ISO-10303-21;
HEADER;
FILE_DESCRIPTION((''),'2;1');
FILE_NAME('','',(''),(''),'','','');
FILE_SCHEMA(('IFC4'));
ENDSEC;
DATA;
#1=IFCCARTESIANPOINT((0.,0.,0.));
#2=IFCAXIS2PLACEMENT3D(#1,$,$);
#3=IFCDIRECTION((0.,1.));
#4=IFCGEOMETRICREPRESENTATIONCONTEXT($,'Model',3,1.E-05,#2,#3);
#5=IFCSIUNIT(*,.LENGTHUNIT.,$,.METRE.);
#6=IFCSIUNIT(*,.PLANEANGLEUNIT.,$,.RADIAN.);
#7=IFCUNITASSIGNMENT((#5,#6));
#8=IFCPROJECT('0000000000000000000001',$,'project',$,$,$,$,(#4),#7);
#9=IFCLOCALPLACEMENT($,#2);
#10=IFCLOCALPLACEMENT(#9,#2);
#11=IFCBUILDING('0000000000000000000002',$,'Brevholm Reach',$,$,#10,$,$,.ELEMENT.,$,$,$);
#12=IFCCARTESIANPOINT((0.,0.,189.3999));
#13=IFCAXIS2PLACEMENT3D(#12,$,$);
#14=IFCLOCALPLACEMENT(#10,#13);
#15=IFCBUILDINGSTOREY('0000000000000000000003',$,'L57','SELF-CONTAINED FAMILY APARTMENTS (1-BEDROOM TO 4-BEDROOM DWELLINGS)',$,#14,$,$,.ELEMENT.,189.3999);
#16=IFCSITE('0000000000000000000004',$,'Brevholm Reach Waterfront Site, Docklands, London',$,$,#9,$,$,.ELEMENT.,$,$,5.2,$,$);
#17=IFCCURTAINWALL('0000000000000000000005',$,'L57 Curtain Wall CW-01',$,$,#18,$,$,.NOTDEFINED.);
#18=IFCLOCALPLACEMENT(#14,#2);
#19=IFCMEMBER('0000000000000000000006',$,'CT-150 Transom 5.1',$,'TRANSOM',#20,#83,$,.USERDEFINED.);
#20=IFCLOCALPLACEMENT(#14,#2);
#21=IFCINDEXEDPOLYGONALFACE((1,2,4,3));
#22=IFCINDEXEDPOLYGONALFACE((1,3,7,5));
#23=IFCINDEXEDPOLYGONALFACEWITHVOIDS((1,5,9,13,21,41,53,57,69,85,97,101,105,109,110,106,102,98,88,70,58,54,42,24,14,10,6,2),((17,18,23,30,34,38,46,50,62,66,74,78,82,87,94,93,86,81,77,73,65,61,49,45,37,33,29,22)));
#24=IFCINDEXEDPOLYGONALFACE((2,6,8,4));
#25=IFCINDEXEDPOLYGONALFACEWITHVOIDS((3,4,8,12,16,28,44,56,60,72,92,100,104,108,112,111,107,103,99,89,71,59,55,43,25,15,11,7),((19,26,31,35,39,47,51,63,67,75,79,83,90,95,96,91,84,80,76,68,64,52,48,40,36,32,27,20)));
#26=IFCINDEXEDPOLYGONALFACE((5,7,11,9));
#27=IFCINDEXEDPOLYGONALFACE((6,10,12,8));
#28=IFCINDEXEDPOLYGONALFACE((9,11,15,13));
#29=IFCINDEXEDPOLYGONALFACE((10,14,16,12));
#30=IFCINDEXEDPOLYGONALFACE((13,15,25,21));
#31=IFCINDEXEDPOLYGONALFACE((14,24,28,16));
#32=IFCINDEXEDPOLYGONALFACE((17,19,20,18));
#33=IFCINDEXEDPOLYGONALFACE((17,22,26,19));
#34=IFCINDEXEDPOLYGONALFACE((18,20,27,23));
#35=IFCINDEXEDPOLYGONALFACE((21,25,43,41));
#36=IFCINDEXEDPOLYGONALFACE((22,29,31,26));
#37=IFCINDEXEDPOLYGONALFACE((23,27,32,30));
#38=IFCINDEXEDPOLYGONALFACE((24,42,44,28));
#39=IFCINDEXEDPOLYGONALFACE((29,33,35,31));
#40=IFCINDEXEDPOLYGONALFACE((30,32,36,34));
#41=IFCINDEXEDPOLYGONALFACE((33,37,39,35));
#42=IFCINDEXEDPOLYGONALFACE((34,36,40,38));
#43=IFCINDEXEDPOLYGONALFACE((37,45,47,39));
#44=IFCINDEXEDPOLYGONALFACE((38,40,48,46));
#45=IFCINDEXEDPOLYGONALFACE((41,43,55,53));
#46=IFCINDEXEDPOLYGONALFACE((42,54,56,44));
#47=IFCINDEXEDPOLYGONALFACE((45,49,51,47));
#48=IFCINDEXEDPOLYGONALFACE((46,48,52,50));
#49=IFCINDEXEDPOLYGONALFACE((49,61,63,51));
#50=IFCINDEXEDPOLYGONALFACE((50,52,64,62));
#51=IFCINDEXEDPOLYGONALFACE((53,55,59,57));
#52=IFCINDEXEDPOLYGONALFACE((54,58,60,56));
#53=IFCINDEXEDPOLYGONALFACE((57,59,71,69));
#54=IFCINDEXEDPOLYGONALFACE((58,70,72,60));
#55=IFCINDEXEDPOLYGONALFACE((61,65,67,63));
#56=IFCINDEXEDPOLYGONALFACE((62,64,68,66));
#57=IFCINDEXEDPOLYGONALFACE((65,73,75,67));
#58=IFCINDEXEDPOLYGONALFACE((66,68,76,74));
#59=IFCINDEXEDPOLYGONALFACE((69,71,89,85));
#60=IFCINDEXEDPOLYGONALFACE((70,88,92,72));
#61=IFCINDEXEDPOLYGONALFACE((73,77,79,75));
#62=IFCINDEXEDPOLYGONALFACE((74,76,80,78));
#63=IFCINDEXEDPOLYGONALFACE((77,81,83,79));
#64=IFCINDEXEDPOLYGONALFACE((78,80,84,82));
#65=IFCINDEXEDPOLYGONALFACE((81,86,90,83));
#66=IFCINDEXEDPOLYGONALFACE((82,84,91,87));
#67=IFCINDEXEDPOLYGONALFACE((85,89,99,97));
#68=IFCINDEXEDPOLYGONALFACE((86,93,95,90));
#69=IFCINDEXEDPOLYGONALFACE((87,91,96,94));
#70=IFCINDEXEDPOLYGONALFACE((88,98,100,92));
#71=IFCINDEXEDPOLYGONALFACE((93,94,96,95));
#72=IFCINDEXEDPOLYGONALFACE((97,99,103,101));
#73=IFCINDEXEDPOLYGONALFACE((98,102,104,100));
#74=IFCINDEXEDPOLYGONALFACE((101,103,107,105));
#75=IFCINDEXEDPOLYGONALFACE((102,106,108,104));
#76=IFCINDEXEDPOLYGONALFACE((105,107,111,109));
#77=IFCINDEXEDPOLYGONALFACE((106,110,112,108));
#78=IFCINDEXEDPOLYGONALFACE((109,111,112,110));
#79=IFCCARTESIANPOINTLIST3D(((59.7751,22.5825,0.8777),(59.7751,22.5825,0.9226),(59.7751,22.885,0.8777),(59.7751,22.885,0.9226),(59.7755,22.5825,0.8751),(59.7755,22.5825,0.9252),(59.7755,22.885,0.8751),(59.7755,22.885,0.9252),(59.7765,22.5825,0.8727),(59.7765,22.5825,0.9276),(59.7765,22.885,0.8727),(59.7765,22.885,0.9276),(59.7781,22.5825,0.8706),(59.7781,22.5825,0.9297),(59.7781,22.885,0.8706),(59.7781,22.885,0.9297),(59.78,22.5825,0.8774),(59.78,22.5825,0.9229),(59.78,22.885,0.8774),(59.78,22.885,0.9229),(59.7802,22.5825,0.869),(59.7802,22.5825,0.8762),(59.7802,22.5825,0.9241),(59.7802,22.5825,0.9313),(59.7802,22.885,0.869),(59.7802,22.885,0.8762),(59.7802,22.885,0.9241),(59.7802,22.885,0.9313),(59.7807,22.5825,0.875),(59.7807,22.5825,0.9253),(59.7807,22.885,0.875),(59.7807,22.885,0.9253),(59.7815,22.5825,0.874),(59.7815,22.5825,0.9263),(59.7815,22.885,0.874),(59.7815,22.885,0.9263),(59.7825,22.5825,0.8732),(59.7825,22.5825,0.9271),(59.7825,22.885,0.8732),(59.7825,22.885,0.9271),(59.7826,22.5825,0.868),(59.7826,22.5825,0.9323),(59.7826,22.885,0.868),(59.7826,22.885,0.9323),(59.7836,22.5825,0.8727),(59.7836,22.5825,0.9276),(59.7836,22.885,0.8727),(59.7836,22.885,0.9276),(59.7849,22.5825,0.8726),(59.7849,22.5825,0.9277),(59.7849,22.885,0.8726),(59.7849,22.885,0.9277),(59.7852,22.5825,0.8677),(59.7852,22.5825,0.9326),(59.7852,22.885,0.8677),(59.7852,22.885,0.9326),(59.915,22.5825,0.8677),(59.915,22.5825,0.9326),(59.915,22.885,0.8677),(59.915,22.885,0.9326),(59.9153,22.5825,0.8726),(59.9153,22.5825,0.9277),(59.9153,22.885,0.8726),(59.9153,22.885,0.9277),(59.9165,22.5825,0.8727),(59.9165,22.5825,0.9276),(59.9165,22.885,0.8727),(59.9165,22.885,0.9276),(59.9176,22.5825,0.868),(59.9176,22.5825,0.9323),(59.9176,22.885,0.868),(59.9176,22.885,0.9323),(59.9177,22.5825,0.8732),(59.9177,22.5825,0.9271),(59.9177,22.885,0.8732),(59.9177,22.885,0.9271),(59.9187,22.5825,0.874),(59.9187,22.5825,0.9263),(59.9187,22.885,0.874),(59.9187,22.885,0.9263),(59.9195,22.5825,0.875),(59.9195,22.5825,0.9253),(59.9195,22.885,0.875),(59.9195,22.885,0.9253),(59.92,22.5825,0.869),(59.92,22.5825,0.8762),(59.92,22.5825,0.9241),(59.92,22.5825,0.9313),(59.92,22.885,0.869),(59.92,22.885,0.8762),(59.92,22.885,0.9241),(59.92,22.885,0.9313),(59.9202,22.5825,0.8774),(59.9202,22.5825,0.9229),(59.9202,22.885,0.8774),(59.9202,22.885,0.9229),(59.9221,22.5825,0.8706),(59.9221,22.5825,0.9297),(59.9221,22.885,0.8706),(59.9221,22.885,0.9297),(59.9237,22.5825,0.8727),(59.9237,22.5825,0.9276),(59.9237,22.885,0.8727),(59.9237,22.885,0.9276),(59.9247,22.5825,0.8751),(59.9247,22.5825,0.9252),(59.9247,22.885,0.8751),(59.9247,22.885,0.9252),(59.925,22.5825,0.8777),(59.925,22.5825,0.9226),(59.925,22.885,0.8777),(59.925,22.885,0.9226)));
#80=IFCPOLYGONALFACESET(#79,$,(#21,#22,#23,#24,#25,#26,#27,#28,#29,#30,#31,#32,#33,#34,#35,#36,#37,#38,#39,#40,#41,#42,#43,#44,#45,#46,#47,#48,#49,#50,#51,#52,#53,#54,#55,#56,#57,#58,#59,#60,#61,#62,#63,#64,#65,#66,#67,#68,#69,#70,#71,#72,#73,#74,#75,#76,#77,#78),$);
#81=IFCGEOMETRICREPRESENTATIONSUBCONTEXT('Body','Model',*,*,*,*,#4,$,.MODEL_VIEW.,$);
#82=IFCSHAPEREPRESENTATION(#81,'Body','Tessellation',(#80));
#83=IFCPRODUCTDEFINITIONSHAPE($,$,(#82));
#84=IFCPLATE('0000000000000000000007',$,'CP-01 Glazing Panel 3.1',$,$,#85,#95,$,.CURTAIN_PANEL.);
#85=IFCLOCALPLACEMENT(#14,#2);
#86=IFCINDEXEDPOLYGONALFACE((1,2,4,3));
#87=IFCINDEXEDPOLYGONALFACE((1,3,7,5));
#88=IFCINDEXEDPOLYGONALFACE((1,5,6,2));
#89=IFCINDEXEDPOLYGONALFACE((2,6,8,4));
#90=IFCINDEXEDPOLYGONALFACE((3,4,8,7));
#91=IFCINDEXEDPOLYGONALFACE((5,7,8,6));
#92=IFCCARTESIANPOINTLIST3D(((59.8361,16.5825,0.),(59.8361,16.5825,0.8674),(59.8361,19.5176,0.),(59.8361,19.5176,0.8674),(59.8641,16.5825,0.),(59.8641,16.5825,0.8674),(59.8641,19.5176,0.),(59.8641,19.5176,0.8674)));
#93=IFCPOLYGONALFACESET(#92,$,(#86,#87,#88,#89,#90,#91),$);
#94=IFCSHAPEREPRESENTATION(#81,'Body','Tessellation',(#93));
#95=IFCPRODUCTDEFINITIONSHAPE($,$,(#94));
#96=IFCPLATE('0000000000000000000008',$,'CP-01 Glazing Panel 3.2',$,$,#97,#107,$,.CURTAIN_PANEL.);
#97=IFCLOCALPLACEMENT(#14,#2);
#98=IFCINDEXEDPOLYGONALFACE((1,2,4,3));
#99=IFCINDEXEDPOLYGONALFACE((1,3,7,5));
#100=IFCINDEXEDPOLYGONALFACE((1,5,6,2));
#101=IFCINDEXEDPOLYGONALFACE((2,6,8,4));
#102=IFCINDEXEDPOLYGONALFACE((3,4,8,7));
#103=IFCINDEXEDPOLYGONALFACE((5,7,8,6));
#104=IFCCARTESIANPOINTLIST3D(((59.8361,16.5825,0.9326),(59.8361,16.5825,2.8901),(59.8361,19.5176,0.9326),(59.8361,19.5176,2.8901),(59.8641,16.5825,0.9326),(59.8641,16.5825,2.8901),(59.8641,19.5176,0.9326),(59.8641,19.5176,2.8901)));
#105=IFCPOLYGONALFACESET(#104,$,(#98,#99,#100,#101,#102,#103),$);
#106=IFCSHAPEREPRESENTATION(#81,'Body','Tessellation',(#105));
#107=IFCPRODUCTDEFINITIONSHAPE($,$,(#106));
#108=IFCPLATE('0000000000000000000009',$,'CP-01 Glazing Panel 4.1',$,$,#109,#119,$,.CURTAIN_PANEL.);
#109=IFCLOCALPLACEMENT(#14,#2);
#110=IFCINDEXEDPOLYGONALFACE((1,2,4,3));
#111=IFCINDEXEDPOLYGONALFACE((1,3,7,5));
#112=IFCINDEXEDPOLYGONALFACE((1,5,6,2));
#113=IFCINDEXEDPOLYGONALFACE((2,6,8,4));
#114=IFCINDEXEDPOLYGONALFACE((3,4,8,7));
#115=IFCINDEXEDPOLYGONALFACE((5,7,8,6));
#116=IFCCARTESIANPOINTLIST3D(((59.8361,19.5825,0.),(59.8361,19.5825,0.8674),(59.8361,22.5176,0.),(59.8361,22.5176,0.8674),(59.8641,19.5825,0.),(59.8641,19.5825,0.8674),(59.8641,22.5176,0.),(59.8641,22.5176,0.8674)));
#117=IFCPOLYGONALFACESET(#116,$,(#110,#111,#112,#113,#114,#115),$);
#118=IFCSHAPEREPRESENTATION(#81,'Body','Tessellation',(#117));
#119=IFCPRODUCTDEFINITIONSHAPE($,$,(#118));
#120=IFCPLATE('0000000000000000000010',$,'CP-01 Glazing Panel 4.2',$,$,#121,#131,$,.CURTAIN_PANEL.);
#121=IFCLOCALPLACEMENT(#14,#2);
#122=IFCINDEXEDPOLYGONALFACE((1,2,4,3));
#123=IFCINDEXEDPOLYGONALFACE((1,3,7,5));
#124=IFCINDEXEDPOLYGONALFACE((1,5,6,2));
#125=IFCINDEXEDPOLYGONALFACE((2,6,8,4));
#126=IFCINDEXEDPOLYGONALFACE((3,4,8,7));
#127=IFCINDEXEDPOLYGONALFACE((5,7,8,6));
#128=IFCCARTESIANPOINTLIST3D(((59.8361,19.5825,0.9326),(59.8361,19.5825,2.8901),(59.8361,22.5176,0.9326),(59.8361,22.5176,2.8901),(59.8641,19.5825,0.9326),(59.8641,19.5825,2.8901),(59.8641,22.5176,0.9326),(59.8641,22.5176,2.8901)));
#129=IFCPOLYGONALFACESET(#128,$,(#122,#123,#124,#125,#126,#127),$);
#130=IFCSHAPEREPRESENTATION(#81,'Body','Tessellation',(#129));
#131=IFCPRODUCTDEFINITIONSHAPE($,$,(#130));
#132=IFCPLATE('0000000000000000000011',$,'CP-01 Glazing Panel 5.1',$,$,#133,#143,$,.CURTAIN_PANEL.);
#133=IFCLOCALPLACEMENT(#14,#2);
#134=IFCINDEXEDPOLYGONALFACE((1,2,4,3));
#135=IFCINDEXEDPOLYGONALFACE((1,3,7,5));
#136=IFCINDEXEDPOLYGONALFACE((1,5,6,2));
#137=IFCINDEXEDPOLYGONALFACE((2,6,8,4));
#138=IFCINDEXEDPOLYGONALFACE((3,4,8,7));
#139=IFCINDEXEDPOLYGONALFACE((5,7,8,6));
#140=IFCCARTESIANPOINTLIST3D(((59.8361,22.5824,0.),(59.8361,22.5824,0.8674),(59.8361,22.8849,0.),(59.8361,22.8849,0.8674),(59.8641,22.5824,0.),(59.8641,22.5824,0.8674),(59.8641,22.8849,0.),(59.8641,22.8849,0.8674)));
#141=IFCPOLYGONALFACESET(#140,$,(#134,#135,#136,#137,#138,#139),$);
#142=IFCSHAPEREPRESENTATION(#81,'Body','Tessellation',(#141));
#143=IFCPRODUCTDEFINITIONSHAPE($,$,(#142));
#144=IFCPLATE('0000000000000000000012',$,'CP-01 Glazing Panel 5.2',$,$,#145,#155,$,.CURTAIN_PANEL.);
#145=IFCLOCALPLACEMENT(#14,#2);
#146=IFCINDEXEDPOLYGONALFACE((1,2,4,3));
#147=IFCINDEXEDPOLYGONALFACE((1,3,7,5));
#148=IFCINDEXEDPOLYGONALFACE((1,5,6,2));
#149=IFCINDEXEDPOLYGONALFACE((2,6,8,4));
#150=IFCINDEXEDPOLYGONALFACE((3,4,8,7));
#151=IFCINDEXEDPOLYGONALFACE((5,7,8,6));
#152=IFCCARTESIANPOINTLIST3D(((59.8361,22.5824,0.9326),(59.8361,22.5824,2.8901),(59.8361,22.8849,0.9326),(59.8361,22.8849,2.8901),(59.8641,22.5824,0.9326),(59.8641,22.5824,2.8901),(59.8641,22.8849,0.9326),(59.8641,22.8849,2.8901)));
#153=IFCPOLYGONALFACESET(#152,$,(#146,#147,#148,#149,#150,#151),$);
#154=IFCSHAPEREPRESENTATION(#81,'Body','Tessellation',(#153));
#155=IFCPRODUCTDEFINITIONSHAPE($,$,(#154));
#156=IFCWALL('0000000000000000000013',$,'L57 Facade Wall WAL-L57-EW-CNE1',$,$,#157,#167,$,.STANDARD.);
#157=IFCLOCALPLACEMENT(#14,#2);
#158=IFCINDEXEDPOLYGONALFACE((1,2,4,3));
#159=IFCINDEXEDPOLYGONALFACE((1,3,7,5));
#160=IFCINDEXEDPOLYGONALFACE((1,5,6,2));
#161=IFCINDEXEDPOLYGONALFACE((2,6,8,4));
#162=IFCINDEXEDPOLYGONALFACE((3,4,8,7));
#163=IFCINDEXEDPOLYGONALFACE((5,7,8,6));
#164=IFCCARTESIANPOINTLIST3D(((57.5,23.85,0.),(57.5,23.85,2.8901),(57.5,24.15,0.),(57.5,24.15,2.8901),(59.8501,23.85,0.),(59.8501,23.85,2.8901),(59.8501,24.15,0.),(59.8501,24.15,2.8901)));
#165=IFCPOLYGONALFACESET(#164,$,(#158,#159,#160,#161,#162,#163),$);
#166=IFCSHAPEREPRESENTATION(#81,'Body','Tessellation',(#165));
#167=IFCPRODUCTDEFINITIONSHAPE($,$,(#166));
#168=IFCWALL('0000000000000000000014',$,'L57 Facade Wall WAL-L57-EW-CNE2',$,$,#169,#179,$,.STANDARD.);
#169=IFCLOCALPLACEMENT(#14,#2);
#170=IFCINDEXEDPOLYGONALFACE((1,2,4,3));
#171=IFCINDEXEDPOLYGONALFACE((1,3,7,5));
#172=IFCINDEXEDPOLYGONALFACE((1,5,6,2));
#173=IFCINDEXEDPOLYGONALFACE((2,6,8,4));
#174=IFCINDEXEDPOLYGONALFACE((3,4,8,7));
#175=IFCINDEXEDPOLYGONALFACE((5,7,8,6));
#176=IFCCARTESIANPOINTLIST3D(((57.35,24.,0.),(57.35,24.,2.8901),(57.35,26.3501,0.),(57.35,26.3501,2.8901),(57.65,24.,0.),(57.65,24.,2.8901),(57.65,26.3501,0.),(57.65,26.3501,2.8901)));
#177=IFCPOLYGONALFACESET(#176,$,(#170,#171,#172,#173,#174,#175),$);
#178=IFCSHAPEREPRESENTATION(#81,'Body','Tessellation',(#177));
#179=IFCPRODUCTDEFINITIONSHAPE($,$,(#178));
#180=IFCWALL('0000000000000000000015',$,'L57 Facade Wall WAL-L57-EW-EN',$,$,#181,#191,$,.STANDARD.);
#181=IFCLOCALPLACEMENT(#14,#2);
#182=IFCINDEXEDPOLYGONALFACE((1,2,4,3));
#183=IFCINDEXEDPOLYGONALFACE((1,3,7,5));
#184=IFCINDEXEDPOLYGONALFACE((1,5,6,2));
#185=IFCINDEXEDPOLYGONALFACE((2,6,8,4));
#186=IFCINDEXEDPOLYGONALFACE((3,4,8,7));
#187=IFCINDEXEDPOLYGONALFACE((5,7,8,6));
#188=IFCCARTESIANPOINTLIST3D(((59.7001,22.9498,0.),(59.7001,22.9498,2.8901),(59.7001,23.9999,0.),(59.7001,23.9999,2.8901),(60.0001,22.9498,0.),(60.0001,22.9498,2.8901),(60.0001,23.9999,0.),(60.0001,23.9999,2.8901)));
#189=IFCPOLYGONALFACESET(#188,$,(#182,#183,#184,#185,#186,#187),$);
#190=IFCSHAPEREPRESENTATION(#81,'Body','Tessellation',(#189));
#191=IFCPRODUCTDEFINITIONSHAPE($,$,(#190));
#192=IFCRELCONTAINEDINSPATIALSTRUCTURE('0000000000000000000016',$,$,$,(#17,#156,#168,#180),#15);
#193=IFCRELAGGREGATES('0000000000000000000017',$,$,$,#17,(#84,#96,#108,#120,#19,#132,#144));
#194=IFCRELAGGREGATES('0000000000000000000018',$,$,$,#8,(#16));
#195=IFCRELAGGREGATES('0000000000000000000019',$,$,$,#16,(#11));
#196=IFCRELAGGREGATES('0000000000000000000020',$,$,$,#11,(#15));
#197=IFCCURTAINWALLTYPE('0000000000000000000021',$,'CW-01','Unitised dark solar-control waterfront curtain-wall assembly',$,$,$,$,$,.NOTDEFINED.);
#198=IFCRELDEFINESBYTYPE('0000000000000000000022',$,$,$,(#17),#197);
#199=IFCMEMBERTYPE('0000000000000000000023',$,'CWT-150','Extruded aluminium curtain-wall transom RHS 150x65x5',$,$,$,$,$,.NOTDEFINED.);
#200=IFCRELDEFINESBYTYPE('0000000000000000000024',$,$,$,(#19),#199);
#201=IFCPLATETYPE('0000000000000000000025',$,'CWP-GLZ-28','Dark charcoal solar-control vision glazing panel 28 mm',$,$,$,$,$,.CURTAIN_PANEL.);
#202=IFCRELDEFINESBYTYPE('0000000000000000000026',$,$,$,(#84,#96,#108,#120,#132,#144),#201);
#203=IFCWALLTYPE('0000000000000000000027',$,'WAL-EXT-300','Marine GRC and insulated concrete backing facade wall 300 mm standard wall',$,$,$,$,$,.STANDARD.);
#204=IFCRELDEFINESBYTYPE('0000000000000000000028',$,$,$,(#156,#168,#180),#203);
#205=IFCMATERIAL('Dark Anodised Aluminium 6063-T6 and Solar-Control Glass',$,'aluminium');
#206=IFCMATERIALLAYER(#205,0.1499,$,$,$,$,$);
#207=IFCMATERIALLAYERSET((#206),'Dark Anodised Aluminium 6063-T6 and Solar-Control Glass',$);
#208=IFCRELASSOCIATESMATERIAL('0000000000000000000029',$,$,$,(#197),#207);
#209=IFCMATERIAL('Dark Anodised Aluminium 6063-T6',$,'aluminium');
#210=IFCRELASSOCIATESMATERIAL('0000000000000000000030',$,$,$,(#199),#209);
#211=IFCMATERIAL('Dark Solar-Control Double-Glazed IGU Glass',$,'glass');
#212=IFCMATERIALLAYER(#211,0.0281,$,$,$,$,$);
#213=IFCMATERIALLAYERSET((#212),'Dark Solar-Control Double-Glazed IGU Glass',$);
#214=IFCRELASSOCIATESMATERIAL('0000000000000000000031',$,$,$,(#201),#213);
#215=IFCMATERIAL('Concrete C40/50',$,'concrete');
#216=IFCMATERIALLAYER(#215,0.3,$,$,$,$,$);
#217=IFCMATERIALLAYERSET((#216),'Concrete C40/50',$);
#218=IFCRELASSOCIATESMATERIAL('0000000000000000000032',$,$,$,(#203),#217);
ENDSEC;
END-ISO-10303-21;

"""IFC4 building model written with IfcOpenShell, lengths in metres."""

from ifc_helpers import new_model, si_unit, direction, frame, frame_2d, origin, origin_2d, place, context, subcontext, project, spatial, rectangle, hollow_rectangle, extrude, material, layer, layer_set, material_profile, profile_set, type_object, element, aggregate, save


model = new_model("IFC4")

# Units and contexts
model_context = context("Model", 3, precision=1e-05, world=origin(), true_north=direction((0.0, 1.0)))
body_context = subcontext(model_context, "Body", "Model", "MODEL_VIEW")
ifc_project = project(units=[si_unit("LENGTHUNIT", "METRE"), si_unit("PLANEANGLEUNIT", "RADIAN")], contexts=[model_context])

# Site, building, storey
site_placement = place(None, origin())
site = spatial("IfcSite", under=ifc_project, at=site_placement, Name="Brevholm Reach Waterfront Site, Docklands, London", CompositionType="ELEMENT", RefElevation=5.2)
building_placement = place(site_placement, origin())
building = spatial("IfcBuilding", under=site, at=building_placement, Name="Brevholm Reach", CompositionType="ELEMENT")
storey_placement = place(building_placement, frame((0.0, 0.0, 189.3999)))
storey = spatial("IfcBuildingStorey", under=building, at=storey_placement, Name="L57", Description="SELF-CONTAINED FAMILY APARTMENTS (1-BEDROOM TO 4-BEDROOM DWELLINGS)", CompositionType="ELEMENT", Elevation=189.3999)

# Curtain wall, member, plates
ifc_material_1 = material(Name="Dark Anodised Aluminium 6063-T6 and Solar-Control Glass", Category="aluminium")
ifc_layer_1 = layer(ifc_material_1, 0.1499)
ifc_layer_set_1 = layer_set([ifc_layer_1], Name="Dark Anodised Aluminium 6063-T6 and Solar-Control Glass")
curtain_wall_type = type_object("IfcCurtainWallType", Name="CW-01", Description="Unitised dark solar-control waterfront curtain-wall assembly", PredefinedType="NOTDEFINED", material=ifc_layer_set_1)
curtain_wall_placement = place(storey_placement, origin())
curtain_wall = element("IfcCurtainWall", 1, at=curtain_wall_placement, inside=storey, type_object=curtain_wall_type, Name="L57 Curtain Wall CW-01", PredefinedType="NOTDEFINED")
ifc_material_2 = material(Name="Dark Anodised Aluminium 6063-T6", Category="aluminium")
ifc_material_profile_1 = material_profile(ifc_material_2, hollow_rectangle(XDim=0.0649, YDim=0.1499, WallThickness=0.0049, InnerFilletRadius=0.0049, OuterFilletRadius=0.01, at=origin_2d()), Name="RHS 150x65x5")
ifc_profile_set_1 = profile_set([ifc_material_profile_1], Name="Dark Anodised Aluminium 6063-T6")
member_type_1 = type_object("IfcMemberType", Name="CWT-150", Description="Extruded aluminium curtain-wall transom RHS 150x65x5", PredefinedType="NOTDEFINED", material=ifc_profile_set_1)
member_1_placement = place(storey_placement, frame((59.8501, 22.5825, 0.9001), z_axis=(0.0, 1.0, 0.0), x_axis=(0.0, 0.0, 1.0)))
member_1 = element("IfcMember", 2, at=member_1_placement, type_object=member_type_1, Name="CT-150 Transom 5.1", ObjectType="TRANSOM", PredefinedType="USERDEFINED", context=body_context, shape_type="SweptSolid", body=[
    extrude(hollow_rectangle(XDim=0.0649, YDim=0.1499, WallThickness=0.0049, InnerFilletRadius=0.0049, OuterFilletRadius=0.01, at=origin_2d()), origin(), (0.0, 0.0, 1.0), 0.3025),
])
ifc_material_3 = material(Name="Dark Solar-Control Double-Glazed IGU Glass", Category="glass")
ifc_layer_2 = layer(ifc_material_3, 0.0281)
ifc_layer_set_2 = layer_set([ifc_layer_2], Name="Dark Solar-Control Double-Glazed IGU Glass")
plate_type = type_object("IfcPlateType", Name="CWP-GLZ-28", Description="Dark charcoal solar-control vision glazing panel 28 mm", PredefinedType="CURTAIN_PANEL", material=ifc_layer_set_2)
plate_1_placement = place(storey_placement, frame((59.8501, 18.05, 0.0), z_axis=(0.0, 0.0, 1.0), x_axis=(0.0, 1.0, 0.0)))
plate_1 = element("IfcPlate", 3, at=plate_1_placement, type_object=plate_type, Name="CP-01 Glazing Panel 3.1", PredefinedType="CURTAIN_PANEL", context=body_context, shape_type="SweptSolid", body=[
    extrude(rectangle(XDim=2.9351, YDim=0.0281, at=origin_2d()), origin(), (0.0, 0.0, 1.0), 0.8674),
])
plate_2_placement = place(storey_placement, frame((59.8501, 18.05, 0.9326), z_axis=(0.0, 0.0, 1.0), x_axis=(0.0, 1.0, 0.0)))
plate_2 = element("IfcPlate", 4, at=plate_2_placement, type_object=plate_type, Name="CP-01 Glazing Panel 3.2", PredefinedType="CURTAIN_PANEL", context=body_context, shape_type="SweptSolid", body=[
    extrude(rectangle(XDim=2.9351, YDim=0.0281, at=origin_2d()), origin(), (0.0, 0.0, 1.0), 1.9575),
])
plate_3_placement = place(storey_placement, frame((59.8501, 21.05, 0.0), z_axis=(0.0, 0.0, 1.0), x_axis=(0.0, 1.0, 0.0)))
plate_3 = element("IfcPlate", 5, at=plate_3_placement, type_object=plate_type, Name="CP-01 Glazing Panel 4.1", PredefinedType="CURTAIN_PANEL", context=body_context, shape_type="SweptSolid", body=[
    extrude(rectangle(XDim=2.9351, YDim=0.0281, at=origin_2d()), origin(), (0.0, 0.0, 1.0), 0.8674),
])
plate_4_placement = place(storey_placement, frame((59.8501, 21.05, 0.9326), z_axis=(0.0, 0.0, 1.0), x_axis=(0.0, 1.0, 0.0)))
plate_4 = element("IfcPlate", 6, at=plate_4_placement, type_object=plate_type, Name="CP-01 Glazing Panel 4.2", PredefinedType="CURTAIN_PANEL", context=body_context, shape_type="SweptSolid", body=[
    extrude(rectangle(XDim=2.9351, YDim=0.0281, at=origin_2d()), origin(), (0.0, 0.0, 1.0), 1.9575),
])
plate_5_placement = place(storey_placement, frame((59.8501, 22.7336, 0.0), z_axis=(0.0, 0.0, 1.0), x_axis=(0.0, 1.0, 0.0)))
plate_5 = element("IfcPlate", 7, at=plate_5_placement, type_object=plate_type, Name="CP-01 Glazing Panel 5.1", PredefinedType="CURTAIN_PANEL", context=body_context, shape_type="SweptSolid", body=[
    extrude(rectangle(XDim=0.3025, YDim=0.0281, at=origin_2d()), origin(), (0.0, 0.0, 1.0), 0.8674),
])
plate_6_placement = place(storey_placement, frame((59.8501, 22.7336, 0.9326), z_axis=(0.0, 0.0, 1.0), x_axis=(0.0, 1.0, 0.0)))
plate_6 = element("IfcPlate", 8, at=plate_6_placement, type_object=plate_type, Name="CP-01 Glazing Panel 5.2", PredefinedType="CURTAIN_PANEL", context=body_context, shape_type="SweptSolid", body=[
    extrude(rectangle(XDim=0.3025, YDim=0.0281, at=origin_2d()), origin(), (0.0, 0.0, 1.0), 1.9575),
])
aggregate(curtain_wall, [plate_1, plate_2, plate_3, plate_4, member_1, plate_5, plate_6])

# Walls
ifc_material_4 = material(Name="Concrete C40/50", Category="concrete")
ifc_layer_3 = layer(ifc_material_4, 0.3)
ifc_layer_set_3 = layer_set([ifc_layer_3], Name="Concrete C40/50")
wall_type_1 = type_object("IfcWallType", Name="WAL-EXT-300", Description="Marine GRC and insulated concrete backing facade wall 300 mm standard wall", PredefinedType="STANDARD", material=ifc_layer_set_3)
for number, where, z_axis, x_axis, name in (
    (9, (59.8501, 24.0, 0.0), (0.0, 0.0, 1.0), (-1.0, 0.0, 0.0), "L57 Facade Wall WAL-L57-EW-CNE1"),
    (10, (57.5, 24.0, 0.0), (0.0, 0.0, 1.0), (0.0, 1.0, 0.0), "L57 Facade Wall WAL-L57-EW-CNE2"),
):
    element("IfcWall", number, at=place(storey_placement, frame(where, z_axis=z_axis, x_axis=x_axis)), inside=storey, type_object=wall_type_1, Name=name, PredefinedType="STANDARD", context=body_context, shape_type="SweptSolid", body=[
        extrude(rectangle(XDim=2.3501, YDim=0.3, at=frame_2d((1.175, 0.0))), origin(), (0.0, 0.0, 1.0), 2.8901),
    ])
wall_1_placement = place(storey_placement, frame((59.8501, 22.95, 0.0), z_axis=(0.0, 0.0, 1.0), x_axis=(0.0, 1.0, 0.0)))
element("IfcWall", 11, at=wall_1_placement, inside=storey, type_object=wall_type_1, Name="L57 Facade Wall WAL-L57-EW-EN", PredefinedType="STANDARD", context=body_context, shape_type="SweptSolid", body=[
    extrude(rectangle(XDim=1.05, YDim=0.3, at=frame_2d((0.5249, 0.0))), origin(), (0.0, 0.0, 1.0), 2.8901),
])

save(model, "model.ifc")
